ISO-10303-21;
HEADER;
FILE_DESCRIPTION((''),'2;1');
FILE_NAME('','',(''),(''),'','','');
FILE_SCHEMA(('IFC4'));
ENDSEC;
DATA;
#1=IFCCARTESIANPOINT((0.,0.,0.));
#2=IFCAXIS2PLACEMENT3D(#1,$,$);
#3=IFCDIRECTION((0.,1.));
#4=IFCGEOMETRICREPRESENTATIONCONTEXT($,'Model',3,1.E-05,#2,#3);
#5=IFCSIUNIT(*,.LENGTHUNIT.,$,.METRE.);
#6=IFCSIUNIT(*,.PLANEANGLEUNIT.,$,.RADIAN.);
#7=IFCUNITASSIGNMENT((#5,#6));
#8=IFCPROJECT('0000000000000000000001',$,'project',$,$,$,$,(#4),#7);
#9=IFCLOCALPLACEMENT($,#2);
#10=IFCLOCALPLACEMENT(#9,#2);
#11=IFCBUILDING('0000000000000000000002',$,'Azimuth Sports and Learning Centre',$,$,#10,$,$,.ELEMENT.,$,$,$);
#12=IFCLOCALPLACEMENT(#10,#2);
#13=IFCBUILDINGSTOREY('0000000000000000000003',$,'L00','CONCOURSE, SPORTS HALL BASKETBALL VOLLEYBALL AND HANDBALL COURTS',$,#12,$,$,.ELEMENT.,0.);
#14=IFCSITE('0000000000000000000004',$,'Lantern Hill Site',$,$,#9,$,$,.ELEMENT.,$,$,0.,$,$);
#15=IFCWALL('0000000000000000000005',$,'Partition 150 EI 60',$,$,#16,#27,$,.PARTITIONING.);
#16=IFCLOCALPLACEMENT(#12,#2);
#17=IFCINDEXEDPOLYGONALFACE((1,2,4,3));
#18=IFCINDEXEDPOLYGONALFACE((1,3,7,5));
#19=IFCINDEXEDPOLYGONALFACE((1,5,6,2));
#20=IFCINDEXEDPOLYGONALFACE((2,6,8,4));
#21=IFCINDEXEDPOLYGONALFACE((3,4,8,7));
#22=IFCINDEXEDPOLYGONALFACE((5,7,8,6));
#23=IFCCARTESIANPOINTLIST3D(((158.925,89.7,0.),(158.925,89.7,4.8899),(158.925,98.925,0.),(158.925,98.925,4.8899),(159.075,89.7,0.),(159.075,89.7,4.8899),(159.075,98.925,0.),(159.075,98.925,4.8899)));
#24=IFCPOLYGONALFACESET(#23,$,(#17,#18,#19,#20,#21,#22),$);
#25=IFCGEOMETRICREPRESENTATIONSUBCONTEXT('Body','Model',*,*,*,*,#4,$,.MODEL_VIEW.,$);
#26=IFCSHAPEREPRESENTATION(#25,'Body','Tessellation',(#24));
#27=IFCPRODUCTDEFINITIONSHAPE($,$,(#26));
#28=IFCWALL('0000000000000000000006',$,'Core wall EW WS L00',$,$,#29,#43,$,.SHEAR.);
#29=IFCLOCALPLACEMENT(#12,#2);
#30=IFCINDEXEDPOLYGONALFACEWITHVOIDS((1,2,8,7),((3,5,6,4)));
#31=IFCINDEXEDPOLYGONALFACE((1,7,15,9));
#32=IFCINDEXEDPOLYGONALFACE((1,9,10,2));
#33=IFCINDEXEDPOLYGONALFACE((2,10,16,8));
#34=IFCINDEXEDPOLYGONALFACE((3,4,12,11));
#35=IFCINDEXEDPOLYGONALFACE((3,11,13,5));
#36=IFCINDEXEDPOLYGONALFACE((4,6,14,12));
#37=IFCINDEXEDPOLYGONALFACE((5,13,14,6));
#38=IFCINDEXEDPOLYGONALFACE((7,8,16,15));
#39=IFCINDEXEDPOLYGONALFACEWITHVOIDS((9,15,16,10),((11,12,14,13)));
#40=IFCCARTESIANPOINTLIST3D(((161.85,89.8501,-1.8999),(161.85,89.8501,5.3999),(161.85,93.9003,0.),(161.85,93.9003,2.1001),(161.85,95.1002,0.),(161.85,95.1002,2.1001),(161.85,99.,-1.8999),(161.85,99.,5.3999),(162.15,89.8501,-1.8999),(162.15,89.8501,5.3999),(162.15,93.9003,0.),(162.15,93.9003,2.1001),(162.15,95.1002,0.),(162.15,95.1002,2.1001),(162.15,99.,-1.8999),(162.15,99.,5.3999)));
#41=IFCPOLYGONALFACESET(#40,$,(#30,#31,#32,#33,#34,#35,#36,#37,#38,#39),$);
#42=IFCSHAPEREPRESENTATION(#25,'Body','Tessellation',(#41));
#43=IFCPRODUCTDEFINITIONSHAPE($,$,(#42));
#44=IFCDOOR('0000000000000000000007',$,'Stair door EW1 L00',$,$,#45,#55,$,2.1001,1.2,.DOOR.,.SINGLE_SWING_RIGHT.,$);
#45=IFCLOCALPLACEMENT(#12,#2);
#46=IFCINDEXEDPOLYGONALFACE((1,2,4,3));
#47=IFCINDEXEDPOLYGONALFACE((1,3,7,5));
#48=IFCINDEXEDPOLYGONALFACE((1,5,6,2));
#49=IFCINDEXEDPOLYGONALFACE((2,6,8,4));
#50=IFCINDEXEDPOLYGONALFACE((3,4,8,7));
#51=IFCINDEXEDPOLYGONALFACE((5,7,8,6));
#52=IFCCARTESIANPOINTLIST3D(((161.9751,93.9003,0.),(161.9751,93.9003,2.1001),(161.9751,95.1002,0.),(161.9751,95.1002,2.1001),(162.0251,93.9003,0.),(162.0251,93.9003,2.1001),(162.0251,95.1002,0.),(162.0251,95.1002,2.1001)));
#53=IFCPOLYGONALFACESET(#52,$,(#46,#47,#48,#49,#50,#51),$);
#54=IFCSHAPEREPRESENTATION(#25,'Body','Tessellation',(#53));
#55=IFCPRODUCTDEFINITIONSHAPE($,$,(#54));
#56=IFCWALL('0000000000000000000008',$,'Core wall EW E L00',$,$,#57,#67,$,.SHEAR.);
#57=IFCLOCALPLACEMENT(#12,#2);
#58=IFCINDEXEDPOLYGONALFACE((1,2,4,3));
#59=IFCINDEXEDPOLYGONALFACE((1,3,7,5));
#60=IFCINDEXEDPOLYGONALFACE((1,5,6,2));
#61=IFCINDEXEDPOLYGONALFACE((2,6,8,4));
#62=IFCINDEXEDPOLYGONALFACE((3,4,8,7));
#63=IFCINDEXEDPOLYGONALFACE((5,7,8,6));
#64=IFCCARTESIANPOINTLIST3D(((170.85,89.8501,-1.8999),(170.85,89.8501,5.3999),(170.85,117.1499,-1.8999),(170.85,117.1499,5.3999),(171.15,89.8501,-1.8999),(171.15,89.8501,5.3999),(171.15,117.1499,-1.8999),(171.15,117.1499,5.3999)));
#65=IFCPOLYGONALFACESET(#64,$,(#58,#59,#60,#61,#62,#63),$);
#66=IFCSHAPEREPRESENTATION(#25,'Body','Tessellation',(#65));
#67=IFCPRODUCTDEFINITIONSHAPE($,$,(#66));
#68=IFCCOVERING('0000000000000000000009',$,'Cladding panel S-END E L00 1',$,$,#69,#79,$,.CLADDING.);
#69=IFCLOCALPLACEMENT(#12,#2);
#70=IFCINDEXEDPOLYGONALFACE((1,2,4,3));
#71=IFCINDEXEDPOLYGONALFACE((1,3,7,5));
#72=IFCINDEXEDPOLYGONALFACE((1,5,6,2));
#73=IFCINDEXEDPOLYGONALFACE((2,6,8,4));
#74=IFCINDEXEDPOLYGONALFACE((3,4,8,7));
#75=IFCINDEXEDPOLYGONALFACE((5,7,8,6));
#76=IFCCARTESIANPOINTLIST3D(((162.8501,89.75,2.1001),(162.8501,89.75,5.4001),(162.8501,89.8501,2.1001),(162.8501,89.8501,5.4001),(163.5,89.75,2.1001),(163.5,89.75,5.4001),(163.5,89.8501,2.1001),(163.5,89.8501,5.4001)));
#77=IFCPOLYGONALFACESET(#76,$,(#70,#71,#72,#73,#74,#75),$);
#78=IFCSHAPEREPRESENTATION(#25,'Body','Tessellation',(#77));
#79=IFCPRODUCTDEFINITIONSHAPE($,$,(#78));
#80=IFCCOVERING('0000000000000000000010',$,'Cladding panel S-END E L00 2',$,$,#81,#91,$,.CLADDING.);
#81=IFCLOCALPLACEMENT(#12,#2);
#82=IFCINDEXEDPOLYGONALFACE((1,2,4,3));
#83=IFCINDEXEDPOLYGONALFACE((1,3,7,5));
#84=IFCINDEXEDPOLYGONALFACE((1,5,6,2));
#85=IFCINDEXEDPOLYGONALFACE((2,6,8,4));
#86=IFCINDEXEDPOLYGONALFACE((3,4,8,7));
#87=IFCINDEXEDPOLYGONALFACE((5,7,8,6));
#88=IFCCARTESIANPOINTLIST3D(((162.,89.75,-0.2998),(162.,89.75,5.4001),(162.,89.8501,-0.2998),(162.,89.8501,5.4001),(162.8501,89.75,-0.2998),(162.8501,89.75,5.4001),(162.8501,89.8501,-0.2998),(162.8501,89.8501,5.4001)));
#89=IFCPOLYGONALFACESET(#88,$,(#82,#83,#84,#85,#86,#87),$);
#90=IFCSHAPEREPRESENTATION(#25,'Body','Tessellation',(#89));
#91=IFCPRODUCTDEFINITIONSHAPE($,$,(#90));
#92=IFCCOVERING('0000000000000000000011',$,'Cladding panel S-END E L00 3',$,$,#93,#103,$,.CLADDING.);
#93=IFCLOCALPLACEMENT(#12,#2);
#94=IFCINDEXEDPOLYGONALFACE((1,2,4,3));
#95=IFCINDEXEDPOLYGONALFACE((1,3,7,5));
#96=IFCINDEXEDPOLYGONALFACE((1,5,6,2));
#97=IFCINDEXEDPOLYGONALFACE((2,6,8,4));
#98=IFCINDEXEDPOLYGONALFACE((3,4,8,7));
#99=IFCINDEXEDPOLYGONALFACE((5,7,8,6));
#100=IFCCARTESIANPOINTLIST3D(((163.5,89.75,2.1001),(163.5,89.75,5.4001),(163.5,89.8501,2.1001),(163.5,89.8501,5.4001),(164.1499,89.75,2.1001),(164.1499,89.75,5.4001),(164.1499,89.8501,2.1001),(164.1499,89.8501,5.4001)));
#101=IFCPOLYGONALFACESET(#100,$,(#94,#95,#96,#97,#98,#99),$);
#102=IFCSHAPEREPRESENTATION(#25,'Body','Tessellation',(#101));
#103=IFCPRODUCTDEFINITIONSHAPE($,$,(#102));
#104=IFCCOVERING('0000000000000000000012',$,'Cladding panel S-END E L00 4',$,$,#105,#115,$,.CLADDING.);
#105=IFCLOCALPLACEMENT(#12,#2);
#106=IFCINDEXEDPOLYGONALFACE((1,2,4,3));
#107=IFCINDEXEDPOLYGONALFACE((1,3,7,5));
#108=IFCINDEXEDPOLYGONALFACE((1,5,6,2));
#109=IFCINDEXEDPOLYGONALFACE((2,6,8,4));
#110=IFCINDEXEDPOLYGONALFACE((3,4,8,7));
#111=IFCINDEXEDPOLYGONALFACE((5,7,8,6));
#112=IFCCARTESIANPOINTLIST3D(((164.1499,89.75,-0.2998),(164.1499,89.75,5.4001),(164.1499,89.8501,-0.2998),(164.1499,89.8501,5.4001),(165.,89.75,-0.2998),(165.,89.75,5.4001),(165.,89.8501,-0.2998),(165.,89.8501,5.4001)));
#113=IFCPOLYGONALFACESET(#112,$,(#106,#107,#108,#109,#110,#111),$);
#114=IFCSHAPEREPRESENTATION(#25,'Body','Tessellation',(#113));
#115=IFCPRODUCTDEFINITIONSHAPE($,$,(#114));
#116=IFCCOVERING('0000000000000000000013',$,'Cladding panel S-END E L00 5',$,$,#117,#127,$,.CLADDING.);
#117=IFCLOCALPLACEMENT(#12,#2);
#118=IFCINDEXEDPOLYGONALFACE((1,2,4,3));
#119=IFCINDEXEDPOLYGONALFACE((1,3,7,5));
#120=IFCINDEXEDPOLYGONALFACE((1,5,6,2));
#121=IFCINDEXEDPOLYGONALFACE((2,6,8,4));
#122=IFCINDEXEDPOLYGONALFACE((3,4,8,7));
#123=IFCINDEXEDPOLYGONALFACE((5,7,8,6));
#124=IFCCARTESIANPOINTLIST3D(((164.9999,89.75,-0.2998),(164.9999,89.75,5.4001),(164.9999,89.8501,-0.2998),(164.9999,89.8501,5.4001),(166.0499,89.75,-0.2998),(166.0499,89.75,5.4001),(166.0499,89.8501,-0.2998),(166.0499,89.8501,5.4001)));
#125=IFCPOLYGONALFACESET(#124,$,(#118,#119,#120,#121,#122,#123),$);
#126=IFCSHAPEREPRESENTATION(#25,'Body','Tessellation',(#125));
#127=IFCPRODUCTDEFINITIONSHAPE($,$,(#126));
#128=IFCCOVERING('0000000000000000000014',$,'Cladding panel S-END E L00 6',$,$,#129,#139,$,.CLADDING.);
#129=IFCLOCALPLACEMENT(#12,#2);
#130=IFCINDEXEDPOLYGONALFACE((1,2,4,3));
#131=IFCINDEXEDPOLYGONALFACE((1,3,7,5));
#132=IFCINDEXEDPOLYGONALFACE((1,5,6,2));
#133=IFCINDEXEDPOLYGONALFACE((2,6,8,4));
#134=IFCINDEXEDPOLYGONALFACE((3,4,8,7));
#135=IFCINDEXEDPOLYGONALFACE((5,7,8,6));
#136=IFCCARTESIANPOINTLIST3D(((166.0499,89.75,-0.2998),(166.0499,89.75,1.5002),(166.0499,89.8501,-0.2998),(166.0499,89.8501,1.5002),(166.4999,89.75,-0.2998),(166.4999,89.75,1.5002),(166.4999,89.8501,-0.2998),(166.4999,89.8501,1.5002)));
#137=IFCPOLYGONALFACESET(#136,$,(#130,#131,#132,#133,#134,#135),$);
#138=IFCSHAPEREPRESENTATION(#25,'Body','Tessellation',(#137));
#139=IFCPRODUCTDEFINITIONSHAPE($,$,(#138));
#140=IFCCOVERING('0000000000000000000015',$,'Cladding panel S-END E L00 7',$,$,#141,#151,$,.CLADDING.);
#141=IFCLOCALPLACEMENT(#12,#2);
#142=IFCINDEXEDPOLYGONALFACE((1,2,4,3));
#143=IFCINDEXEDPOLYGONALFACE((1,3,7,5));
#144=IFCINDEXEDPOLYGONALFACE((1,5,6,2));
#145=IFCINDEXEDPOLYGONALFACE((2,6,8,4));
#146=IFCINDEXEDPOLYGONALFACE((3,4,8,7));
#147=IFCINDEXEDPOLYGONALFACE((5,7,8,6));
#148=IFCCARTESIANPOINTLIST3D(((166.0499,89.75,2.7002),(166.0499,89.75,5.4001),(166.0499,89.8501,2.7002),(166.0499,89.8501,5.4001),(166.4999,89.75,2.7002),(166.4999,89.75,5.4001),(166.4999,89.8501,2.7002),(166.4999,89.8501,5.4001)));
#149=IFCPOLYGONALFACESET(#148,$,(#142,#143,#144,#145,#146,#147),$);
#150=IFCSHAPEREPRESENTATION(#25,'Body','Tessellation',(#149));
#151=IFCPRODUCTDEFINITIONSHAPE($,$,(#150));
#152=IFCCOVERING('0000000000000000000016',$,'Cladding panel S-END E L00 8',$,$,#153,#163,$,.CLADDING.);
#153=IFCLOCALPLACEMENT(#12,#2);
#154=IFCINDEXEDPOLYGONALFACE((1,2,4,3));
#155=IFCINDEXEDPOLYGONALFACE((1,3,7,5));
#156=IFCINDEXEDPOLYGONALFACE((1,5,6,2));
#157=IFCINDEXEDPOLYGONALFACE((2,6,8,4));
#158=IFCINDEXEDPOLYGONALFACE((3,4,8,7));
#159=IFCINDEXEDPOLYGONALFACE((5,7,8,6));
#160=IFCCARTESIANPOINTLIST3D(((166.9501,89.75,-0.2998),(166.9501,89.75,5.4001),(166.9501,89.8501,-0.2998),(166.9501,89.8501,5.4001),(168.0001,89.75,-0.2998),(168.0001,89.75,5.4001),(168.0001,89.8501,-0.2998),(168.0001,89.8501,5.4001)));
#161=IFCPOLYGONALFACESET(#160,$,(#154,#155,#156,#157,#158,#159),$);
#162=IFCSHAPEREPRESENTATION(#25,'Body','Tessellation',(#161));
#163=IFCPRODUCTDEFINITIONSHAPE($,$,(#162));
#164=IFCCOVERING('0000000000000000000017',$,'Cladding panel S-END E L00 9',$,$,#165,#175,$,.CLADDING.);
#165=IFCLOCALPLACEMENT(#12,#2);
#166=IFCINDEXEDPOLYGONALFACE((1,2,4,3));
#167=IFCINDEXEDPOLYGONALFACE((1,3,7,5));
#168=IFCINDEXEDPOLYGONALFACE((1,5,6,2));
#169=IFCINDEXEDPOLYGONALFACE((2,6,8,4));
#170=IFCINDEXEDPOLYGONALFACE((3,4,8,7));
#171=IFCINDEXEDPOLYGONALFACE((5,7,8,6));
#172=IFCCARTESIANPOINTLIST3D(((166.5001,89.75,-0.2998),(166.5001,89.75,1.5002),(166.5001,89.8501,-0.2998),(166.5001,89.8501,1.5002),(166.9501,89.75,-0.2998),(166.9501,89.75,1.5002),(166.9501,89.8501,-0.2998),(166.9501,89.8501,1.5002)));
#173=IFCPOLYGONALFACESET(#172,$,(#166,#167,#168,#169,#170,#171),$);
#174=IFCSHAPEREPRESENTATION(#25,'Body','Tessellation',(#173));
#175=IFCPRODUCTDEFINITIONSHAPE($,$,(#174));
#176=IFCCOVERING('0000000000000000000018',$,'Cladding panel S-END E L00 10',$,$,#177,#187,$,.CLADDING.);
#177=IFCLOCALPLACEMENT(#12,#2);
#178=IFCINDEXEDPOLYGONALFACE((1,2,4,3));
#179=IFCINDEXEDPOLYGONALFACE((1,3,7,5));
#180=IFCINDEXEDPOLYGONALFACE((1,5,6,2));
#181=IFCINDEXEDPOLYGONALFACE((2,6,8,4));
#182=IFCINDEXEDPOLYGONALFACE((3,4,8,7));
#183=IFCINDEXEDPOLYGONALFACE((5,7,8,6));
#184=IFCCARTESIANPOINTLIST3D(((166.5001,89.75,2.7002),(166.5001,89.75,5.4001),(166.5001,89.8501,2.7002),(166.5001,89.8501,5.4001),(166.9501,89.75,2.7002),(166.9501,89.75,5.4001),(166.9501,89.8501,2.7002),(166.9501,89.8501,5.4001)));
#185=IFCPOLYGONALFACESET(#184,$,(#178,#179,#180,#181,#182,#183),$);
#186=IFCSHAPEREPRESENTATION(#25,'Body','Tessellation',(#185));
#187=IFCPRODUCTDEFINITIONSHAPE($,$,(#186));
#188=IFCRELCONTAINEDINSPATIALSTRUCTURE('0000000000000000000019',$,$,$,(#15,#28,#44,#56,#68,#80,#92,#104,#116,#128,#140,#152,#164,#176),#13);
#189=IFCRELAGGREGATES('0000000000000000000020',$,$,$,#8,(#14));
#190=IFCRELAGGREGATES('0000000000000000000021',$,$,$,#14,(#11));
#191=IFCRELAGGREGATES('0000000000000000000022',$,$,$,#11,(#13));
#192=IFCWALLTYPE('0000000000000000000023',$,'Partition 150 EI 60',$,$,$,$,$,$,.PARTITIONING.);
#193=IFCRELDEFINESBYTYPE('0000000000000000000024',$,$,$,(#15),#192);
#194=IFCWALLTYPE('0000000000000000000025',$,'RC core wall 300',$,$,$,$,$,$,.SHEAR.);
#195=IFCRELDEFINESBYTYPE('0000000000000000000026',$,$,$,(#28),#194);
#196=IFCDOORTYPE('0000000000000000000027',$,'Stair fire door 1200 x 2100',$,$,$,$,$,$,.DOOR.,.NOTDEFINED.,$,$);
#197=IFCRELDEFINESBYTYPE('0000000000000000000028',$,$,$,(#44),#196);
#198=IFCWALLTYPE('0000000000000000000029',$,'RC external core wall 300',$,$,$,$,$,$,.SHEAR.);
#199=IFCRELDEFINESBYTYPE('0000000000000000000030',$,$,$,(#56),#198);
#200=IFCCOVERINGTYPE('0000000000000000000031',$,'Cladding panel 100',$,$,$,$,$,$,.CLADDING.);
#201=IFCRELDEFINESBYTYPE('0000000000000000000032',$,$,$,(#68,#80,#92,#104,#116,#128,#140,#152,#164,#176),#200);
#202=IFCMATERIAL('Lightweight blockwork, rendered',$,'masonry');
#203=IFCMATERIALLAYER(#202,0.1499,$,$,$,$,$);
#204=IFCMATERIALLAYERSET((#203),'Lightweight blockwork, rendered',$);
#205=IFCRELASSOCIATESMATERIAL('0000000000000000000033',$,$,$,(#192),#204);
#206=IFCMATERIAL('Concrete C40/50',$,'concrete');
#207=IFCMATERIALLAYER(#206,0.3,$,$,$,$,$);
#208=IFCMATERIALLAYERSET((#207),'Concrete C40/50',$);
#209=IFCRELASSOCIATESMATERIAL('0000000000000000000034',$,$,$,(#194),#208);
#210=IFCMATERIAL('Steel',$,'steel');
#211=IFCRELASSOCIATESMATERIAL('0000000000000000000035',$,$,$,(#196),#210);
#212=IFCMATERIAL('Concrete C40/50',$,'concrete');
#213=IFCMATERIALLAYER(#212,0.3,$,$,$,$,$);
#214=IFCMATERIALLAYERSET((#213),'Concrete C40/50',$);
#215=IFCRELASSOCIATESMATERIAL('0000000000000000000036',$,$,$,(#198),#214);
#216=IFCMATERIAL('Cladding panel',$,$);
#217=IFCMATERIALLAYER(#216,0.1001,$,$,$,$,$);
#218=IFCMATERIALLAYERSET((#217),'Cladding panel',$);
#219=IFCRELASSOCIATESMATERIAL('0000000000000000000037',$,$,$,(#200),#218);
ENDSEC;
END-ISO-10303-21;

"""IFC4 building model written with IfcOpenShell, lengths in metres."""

from ifc_helpers import new_model, si_unit, direction, frame, frame_2d, origin, origin_2d, place, context, subcontext, project, spatial, rectangle, extrude, material, layer, layer_set, type_object, element, fill, save


model = new_model("IFC4")

# Units and contexts
model_context = context("Model", 3, precision=1e-05, world=origin(), true_north=direction((0.0, 1.0)))
body_context = subcontext(model_context, "Body", "Model", "MODEL_VIEW")
ifc_project = project(units=[si_unit("LENGTHUNIT", "METRE"), si_unit("PLANEANGLEUNIT", "RADIAN")], contexts=[model_context])

# Site, building, storey
site_placement = place(None, origin())
site = spatial("IfcSite", under=ifc_project, at=site_placement, Name="Lantern Hill Site", CompositionType="ELEMENT", RefElevation=0.0)
building_placement = place(site_placement, origin())
building = spatial("IfcBuilding", under=site, at=building_placement, Name="Azimuth Sports and Learning Centre", CompositionType="ELEMENT")
storey_placement = place(building_placement, origin())
storey = spatial("IfcBuildingStorey", under=building, at=storey_placement, Name="L00", Description="CONCOURSE, SPORTS HALL BASKETBALL VOLLEYBALL AND HANDBALL COURTS", CompositionType="ELEMENT", Elevation=0.0)

# Shared definitions
ifc_material_1 = material(Name="Lightweight blockwork, rendered", Category="masonry")
ifc_layer_1 = layer(ifc_material_1, 0.1499)
ifc_layer_set_1 = layer_set([ifc_layer_1], Name="Lightweight blockwork, rendered")
wall_type_1 = type_object("IfcWallType", Name="Partition 150 EI 60", PredefinedType="PARTITIONING", material=ifc_layer_set_1)

# Wall
wall_1_placement = place(storey_placement, frame((159.0, 89.7, 0.0), z_axis=(0.0, 0.0, 1.0), x_axis=(0.0, 1.0, 0.0)))
element("IfcWall", 1, at=wall_1_placement, inside=storey, type_object=wall_type_1, Name="Partition 150 EI 60", PredefinedType="PARTITIONING", context=body_context, shape_type="SweptSolid", body=[
    extrude(rectangle(XDim=9.2251, YDim=0.1499, at=frame_2d((4.6125, 0.0))), origin(), (0.0, 0.0, 1.0), 4.8899),
])

# Wall, opening, door
ifc_material_2 = material(Name="Concrete C40/50", Category="concrete")
ifc_layer_2 = layer(ifc_material_2, 0.3)
ifc_layer_set_2 = layer_set([ifc_layer_2], Name="Concrete C40/50")
wall_type_2 = type_object("IfcWallType", Name="RC core wall 300", PredefinedType="SHEAR", material=ifc_layer_set_2)
wall_2_placement = place(storey_placement, frame((162.0, 89.8501, -1.8999), z_axis=(0.0, 0.0, 1.0), x_axis=(0.0, 1.0, 0.0)))
wall_2 = element("IfcWall", 2, at=wall_2_placement, inside=storey, type_object=wall_type_2, Name="Core wall EW WS L00", PredefinedType="SHEAR", context=body_context, shape_type="SweptSolid", body=[
    extrude(rectangle(XDim=9.1499, YDim=0.3, at=frame_2d((4.575, 0.0))), origin(), (0.0, 0.0, 1.0), 7.2998),
])
opening_1_placement = place(wall_2_placement, frame((4.05, 0.0, 1.8999)))
opening_1 = element("IfcOpeningElement", 3, at=opening_1_placement, cuts=wall_2, PredefinedType="OPENING", context=body_context, shape_type="SweptSolid", body=[
    extrude(rectangle(XDim=1.2, YDim=2.1001, at=frame_2d((0.6001, 1.05))), frame((0.0, 0.1611, 0.0), z_axis=(0.0, -1.0, 0.0), x_axis=(1.0, 0.0, 0.0)), (0.0, 0.0, 1.0), 0.322),
])
ifc_material_3 = material(Name="Steel", Category="steel")
door_type_1 = type_object("IfcDoorType", Name="Stair fire door 1200 x 2100", OperationType="NOTDEFINED", PredefinedType="DOOR", material=ifc_material_3)
door_1_placement = place(opening_1_placement, origin())
door_1 = element("IfcDoor", 4, at=door_1_placement, inside=storey, type_object=door_type_1, Name="Stair door EW1 L00", OperationType="SINGLE_SWING_RIGHT", OverallHeight=2.1001, OverallWidth=1.2, PredefinedType="DOOR", context=body_context, shape_type="SweptSolid", body=[
    extrude(rectangle(XDim=1.2, YDim=2.1001, at=frame_2d((0.6001, 1.05))), frame((0.0, 0.0249, 0.0), z_axis=(0.0, -1.0, 0.0), x_axis=(1.0, 0.0, 0.0)), (0.0, 0.0, 1.0), 0.05),
])
fill(opening_1, door_1)

# Wall
ifc_material_4 = material(Name="Concrete C40/50", Category="concrete")
ifc_layer_3 = layer(ifc_material_4, 0.3)
ifc_layer_set_3 = layer_set([ifc_layer_3], Name="Concrete C40/50")
wall_type_3 = type_object("IfcWallType", Name="RC external core wall 300", PredefinedType="SHEAR", material=ifc_layer_set_3)
wall_3_placement = place(storey_placement, frame((171.0, 89.8501, -1.8999), z_axis=(0.0, 0.0, 1.0), x_axis=(0.0, 1.0, 0.0)))
element("IfcWall", 5, at=wall_3_placement, inside=storey, type_object=wall_type_3, Name="Core wall EW E L00", PredefinedType="SHEAR", context=body_context, shape_type="SweptSolid", body=[
    extrude(rectangle(XDim=27.2998, YDim=0.3, at=frame_2d((13.6499, 0.0))), origin(), (0.0, 0.0, 1.0), 7.2998),
])

# Coverings
ifc_material_5 = material(Name="Cladding panel")
ifc_layer_4 = layer(ifc_material_5, 0.1001)
ifc_layer_set_4 = layer_set([ifc_layer_4], Name="Cladding panel")
covering_type = type_object("IfcCoveringType", Name="Cladding panel 100", PredefinedType="CLADDING", material=ifc_layer_set_4)
covering_1_placement = place(storey_placement, frame((163.175, 89.8, 2.1001), z_axis=(0.0, 0.0, 1.0), x_axis=(1.0, 0.0, 0.0)))
element("IfcCovering", 6, at=covering_1_placement, inside=storey, type_object=covering_type, Name="Cladding panel S-END E L00 1", PredefinedType="CLADDING", context=body_context, shape_type="SweptSolid", body=[
    extrude(rectangle(XDim=0.6499, YDim=0.1001, at=origin_2d()), origin(), (0.0, 0.0, 1.0), 3.3),
])
covering_2_placement = place(storey_placement, frame((162.425, 89.8, -0.2998), z_axis=(0.0, 0.0, 1.0), x_axis=(1.0, 0.0, 0.0)))
element("IfcCovering", 7, at=covering_2_placement, inside=storey, type_object=covering_type, Name="Cladding panel S-END E L00 2", PredefinedType="CLADDING", context=body_context, shape_type="SweptSolid", body=[
    extrude(rectangle(XDim=0.8501, YDim=0.1001, at=origin_2d()), origin(), (0.0, 0.0, 1.0), 5.7),
])
covering_3_placement = place(storey_placement, frame((163.825, 89.8, 2.1001), z_axis=(0.0, 0.0, 1.0), x_axis=(1.0, 0.0, 0.0)))
element("IfcCovering", 8, at=covering_3_placement, inside=storey, type_object=covering_type, Name="Cladding panel S-END E L00 3", PredefinedType="CLADDING", context=body_context, shape_type="SweptSolid", body=[
    extrude(rectangle(XDim=0.6499, YDim=0.1001, at=origin_2d()), origin(), (0.0, 0.0, 1.0), 3.3),
])
covering_4_placement = place(storey_placement, frame((164.575, 89.8, -0.2998), z_axis=(0.0, 0.0, 1.0), x_axis=(1.0, 0.0, 0.0)))
element("IfcCovering", 9, at=covering_4_placement, inside=storey, type_object=covering_type, Name="Cladding panel S-END E L00 4", PredefinedType="CLADDING", context=body_context, shape_type="SweptSolid", body=[
    extrude(rectangle(XDim=0.8501, YDim=0.1001, at=origin_2d()), origin(), (0.0, 0.0, 1.0), 5.7),
])
covering_5_placement = place(storey_placement, frame((165.5249, 89.8, -0.2998), z_axis=(0.0, 0.0, 1.0), x_axis=(1.0, 0.0, 0.0)))
element("IfcCovering", 10, at=covering_5_placement, inside=storey, type_object=covering_type, Name="Cladding panel S-END E L00 5", PredefinedType="CLADDING", context=body_context, shape_type="SweptSolid", body=[
    extrude(rectangle(XDim=1.05, YDim=0.1001, at=origin_2d()), origin(), (0.0, 0.0, 1.0), 5.7),
])
covering_6_placement = place(storey_placement, frame((166.2749, 89.8, -0.2998), z_axis=(0.0, 0.0, 1.0), x_axis=(1.0, 0.0, 0.0)))
element("IfcCovering", 11, at=covering_6_placement, inside=storey, type_object=covering_type, Name="Cladding panel S-END E L00 6", PredefinedType="CLADDING", context=body_context, shape_type="SweptSolid", body=[
    extrude(rectangle(XDim=0.45, YDim=0.1001, at=origin_2d()), origin(), (0.0, 0.0, 1.0), 1.8),
])
covering_7_placement = place(storey_placement, frame((166.2749, 89.8, 2.7002), z_axis=(0.0, 0.0, 1.0), x_axis=(1.0, 0.0, 0.0)))
element("IfcCovering", 12, at=covering_7_placement, inside=storey, type_object=covering_type, Name="Cladding panel S-END E L00 7", PredefinedType="CLADDING", context=body_context, shape_type="SweptSolid", body=[
    extrude(rectangle(XDim=0.45, YDim=0.1001, at=origin_2d()), origin(), (0.0, 0.0, 1.0), 2.7),
])
covering_8_placement = place(storey_placement, frame((167.4751, 89.8, -0.2998), z_axis=(0.0, 0.0, 1.0), x_axis=(1.0, 0.0, 0.0)))
element("IfcCovering", 13, at=covering_8_placement, inside=storey, type_object=covering_type, Name="Cladding panel S-END E L00 8", PredefinedType="CLADDING", context=body_context, shape_type="SweptSolid", body=[
    extrude(rectangle(XDim=1.05, YDim=0.1001, at=origin_2d()), origin(), (0.0, 0.0, 1.0), 5.7),
])
covering_9_placement = place(storey_placement, frame((166.7251, 89.8, -0.2998), z_axis=(0.0, 0.0, 1.0), x_axis=(1.0, 0.0, 0.0)))
element("IfcCovering", 14, at=covering_9_placement, inside=storey, type_object=covering_type, Name="Cladding panel S-END E L00 9", PredefinedType="CLADDING", context=body_context, shape_type="SweptSolid", body=[
    extrude(rectangle(XDim=0.45, YDim=0.1001, at=origin_2d()), origin(), (0.0, 0.0, 1.0), 1.8),
])
covering_10_placement = place(storey_placement, frame((166.7251, 89.8, 2.7002), z_axis=(0.0, 0.0, 1.0), x_axis=(1.0, 0.0, 0.0)))
element("IfcCovering", 15, at=covering_10_placement, inside=storey, type_object=covering_type, Name="Cladding panel S-END E L00 10", PredefinedType="CLADDING", context=body_context, shape_type="SweptSolid", body=[
    extrude(rectangle(XDim=0.45, YDim=0.1001, at=origin_2d()), origin(), (0.0, 0.0, 1.0), 2.7),
])

save(model, "model.ifc")
